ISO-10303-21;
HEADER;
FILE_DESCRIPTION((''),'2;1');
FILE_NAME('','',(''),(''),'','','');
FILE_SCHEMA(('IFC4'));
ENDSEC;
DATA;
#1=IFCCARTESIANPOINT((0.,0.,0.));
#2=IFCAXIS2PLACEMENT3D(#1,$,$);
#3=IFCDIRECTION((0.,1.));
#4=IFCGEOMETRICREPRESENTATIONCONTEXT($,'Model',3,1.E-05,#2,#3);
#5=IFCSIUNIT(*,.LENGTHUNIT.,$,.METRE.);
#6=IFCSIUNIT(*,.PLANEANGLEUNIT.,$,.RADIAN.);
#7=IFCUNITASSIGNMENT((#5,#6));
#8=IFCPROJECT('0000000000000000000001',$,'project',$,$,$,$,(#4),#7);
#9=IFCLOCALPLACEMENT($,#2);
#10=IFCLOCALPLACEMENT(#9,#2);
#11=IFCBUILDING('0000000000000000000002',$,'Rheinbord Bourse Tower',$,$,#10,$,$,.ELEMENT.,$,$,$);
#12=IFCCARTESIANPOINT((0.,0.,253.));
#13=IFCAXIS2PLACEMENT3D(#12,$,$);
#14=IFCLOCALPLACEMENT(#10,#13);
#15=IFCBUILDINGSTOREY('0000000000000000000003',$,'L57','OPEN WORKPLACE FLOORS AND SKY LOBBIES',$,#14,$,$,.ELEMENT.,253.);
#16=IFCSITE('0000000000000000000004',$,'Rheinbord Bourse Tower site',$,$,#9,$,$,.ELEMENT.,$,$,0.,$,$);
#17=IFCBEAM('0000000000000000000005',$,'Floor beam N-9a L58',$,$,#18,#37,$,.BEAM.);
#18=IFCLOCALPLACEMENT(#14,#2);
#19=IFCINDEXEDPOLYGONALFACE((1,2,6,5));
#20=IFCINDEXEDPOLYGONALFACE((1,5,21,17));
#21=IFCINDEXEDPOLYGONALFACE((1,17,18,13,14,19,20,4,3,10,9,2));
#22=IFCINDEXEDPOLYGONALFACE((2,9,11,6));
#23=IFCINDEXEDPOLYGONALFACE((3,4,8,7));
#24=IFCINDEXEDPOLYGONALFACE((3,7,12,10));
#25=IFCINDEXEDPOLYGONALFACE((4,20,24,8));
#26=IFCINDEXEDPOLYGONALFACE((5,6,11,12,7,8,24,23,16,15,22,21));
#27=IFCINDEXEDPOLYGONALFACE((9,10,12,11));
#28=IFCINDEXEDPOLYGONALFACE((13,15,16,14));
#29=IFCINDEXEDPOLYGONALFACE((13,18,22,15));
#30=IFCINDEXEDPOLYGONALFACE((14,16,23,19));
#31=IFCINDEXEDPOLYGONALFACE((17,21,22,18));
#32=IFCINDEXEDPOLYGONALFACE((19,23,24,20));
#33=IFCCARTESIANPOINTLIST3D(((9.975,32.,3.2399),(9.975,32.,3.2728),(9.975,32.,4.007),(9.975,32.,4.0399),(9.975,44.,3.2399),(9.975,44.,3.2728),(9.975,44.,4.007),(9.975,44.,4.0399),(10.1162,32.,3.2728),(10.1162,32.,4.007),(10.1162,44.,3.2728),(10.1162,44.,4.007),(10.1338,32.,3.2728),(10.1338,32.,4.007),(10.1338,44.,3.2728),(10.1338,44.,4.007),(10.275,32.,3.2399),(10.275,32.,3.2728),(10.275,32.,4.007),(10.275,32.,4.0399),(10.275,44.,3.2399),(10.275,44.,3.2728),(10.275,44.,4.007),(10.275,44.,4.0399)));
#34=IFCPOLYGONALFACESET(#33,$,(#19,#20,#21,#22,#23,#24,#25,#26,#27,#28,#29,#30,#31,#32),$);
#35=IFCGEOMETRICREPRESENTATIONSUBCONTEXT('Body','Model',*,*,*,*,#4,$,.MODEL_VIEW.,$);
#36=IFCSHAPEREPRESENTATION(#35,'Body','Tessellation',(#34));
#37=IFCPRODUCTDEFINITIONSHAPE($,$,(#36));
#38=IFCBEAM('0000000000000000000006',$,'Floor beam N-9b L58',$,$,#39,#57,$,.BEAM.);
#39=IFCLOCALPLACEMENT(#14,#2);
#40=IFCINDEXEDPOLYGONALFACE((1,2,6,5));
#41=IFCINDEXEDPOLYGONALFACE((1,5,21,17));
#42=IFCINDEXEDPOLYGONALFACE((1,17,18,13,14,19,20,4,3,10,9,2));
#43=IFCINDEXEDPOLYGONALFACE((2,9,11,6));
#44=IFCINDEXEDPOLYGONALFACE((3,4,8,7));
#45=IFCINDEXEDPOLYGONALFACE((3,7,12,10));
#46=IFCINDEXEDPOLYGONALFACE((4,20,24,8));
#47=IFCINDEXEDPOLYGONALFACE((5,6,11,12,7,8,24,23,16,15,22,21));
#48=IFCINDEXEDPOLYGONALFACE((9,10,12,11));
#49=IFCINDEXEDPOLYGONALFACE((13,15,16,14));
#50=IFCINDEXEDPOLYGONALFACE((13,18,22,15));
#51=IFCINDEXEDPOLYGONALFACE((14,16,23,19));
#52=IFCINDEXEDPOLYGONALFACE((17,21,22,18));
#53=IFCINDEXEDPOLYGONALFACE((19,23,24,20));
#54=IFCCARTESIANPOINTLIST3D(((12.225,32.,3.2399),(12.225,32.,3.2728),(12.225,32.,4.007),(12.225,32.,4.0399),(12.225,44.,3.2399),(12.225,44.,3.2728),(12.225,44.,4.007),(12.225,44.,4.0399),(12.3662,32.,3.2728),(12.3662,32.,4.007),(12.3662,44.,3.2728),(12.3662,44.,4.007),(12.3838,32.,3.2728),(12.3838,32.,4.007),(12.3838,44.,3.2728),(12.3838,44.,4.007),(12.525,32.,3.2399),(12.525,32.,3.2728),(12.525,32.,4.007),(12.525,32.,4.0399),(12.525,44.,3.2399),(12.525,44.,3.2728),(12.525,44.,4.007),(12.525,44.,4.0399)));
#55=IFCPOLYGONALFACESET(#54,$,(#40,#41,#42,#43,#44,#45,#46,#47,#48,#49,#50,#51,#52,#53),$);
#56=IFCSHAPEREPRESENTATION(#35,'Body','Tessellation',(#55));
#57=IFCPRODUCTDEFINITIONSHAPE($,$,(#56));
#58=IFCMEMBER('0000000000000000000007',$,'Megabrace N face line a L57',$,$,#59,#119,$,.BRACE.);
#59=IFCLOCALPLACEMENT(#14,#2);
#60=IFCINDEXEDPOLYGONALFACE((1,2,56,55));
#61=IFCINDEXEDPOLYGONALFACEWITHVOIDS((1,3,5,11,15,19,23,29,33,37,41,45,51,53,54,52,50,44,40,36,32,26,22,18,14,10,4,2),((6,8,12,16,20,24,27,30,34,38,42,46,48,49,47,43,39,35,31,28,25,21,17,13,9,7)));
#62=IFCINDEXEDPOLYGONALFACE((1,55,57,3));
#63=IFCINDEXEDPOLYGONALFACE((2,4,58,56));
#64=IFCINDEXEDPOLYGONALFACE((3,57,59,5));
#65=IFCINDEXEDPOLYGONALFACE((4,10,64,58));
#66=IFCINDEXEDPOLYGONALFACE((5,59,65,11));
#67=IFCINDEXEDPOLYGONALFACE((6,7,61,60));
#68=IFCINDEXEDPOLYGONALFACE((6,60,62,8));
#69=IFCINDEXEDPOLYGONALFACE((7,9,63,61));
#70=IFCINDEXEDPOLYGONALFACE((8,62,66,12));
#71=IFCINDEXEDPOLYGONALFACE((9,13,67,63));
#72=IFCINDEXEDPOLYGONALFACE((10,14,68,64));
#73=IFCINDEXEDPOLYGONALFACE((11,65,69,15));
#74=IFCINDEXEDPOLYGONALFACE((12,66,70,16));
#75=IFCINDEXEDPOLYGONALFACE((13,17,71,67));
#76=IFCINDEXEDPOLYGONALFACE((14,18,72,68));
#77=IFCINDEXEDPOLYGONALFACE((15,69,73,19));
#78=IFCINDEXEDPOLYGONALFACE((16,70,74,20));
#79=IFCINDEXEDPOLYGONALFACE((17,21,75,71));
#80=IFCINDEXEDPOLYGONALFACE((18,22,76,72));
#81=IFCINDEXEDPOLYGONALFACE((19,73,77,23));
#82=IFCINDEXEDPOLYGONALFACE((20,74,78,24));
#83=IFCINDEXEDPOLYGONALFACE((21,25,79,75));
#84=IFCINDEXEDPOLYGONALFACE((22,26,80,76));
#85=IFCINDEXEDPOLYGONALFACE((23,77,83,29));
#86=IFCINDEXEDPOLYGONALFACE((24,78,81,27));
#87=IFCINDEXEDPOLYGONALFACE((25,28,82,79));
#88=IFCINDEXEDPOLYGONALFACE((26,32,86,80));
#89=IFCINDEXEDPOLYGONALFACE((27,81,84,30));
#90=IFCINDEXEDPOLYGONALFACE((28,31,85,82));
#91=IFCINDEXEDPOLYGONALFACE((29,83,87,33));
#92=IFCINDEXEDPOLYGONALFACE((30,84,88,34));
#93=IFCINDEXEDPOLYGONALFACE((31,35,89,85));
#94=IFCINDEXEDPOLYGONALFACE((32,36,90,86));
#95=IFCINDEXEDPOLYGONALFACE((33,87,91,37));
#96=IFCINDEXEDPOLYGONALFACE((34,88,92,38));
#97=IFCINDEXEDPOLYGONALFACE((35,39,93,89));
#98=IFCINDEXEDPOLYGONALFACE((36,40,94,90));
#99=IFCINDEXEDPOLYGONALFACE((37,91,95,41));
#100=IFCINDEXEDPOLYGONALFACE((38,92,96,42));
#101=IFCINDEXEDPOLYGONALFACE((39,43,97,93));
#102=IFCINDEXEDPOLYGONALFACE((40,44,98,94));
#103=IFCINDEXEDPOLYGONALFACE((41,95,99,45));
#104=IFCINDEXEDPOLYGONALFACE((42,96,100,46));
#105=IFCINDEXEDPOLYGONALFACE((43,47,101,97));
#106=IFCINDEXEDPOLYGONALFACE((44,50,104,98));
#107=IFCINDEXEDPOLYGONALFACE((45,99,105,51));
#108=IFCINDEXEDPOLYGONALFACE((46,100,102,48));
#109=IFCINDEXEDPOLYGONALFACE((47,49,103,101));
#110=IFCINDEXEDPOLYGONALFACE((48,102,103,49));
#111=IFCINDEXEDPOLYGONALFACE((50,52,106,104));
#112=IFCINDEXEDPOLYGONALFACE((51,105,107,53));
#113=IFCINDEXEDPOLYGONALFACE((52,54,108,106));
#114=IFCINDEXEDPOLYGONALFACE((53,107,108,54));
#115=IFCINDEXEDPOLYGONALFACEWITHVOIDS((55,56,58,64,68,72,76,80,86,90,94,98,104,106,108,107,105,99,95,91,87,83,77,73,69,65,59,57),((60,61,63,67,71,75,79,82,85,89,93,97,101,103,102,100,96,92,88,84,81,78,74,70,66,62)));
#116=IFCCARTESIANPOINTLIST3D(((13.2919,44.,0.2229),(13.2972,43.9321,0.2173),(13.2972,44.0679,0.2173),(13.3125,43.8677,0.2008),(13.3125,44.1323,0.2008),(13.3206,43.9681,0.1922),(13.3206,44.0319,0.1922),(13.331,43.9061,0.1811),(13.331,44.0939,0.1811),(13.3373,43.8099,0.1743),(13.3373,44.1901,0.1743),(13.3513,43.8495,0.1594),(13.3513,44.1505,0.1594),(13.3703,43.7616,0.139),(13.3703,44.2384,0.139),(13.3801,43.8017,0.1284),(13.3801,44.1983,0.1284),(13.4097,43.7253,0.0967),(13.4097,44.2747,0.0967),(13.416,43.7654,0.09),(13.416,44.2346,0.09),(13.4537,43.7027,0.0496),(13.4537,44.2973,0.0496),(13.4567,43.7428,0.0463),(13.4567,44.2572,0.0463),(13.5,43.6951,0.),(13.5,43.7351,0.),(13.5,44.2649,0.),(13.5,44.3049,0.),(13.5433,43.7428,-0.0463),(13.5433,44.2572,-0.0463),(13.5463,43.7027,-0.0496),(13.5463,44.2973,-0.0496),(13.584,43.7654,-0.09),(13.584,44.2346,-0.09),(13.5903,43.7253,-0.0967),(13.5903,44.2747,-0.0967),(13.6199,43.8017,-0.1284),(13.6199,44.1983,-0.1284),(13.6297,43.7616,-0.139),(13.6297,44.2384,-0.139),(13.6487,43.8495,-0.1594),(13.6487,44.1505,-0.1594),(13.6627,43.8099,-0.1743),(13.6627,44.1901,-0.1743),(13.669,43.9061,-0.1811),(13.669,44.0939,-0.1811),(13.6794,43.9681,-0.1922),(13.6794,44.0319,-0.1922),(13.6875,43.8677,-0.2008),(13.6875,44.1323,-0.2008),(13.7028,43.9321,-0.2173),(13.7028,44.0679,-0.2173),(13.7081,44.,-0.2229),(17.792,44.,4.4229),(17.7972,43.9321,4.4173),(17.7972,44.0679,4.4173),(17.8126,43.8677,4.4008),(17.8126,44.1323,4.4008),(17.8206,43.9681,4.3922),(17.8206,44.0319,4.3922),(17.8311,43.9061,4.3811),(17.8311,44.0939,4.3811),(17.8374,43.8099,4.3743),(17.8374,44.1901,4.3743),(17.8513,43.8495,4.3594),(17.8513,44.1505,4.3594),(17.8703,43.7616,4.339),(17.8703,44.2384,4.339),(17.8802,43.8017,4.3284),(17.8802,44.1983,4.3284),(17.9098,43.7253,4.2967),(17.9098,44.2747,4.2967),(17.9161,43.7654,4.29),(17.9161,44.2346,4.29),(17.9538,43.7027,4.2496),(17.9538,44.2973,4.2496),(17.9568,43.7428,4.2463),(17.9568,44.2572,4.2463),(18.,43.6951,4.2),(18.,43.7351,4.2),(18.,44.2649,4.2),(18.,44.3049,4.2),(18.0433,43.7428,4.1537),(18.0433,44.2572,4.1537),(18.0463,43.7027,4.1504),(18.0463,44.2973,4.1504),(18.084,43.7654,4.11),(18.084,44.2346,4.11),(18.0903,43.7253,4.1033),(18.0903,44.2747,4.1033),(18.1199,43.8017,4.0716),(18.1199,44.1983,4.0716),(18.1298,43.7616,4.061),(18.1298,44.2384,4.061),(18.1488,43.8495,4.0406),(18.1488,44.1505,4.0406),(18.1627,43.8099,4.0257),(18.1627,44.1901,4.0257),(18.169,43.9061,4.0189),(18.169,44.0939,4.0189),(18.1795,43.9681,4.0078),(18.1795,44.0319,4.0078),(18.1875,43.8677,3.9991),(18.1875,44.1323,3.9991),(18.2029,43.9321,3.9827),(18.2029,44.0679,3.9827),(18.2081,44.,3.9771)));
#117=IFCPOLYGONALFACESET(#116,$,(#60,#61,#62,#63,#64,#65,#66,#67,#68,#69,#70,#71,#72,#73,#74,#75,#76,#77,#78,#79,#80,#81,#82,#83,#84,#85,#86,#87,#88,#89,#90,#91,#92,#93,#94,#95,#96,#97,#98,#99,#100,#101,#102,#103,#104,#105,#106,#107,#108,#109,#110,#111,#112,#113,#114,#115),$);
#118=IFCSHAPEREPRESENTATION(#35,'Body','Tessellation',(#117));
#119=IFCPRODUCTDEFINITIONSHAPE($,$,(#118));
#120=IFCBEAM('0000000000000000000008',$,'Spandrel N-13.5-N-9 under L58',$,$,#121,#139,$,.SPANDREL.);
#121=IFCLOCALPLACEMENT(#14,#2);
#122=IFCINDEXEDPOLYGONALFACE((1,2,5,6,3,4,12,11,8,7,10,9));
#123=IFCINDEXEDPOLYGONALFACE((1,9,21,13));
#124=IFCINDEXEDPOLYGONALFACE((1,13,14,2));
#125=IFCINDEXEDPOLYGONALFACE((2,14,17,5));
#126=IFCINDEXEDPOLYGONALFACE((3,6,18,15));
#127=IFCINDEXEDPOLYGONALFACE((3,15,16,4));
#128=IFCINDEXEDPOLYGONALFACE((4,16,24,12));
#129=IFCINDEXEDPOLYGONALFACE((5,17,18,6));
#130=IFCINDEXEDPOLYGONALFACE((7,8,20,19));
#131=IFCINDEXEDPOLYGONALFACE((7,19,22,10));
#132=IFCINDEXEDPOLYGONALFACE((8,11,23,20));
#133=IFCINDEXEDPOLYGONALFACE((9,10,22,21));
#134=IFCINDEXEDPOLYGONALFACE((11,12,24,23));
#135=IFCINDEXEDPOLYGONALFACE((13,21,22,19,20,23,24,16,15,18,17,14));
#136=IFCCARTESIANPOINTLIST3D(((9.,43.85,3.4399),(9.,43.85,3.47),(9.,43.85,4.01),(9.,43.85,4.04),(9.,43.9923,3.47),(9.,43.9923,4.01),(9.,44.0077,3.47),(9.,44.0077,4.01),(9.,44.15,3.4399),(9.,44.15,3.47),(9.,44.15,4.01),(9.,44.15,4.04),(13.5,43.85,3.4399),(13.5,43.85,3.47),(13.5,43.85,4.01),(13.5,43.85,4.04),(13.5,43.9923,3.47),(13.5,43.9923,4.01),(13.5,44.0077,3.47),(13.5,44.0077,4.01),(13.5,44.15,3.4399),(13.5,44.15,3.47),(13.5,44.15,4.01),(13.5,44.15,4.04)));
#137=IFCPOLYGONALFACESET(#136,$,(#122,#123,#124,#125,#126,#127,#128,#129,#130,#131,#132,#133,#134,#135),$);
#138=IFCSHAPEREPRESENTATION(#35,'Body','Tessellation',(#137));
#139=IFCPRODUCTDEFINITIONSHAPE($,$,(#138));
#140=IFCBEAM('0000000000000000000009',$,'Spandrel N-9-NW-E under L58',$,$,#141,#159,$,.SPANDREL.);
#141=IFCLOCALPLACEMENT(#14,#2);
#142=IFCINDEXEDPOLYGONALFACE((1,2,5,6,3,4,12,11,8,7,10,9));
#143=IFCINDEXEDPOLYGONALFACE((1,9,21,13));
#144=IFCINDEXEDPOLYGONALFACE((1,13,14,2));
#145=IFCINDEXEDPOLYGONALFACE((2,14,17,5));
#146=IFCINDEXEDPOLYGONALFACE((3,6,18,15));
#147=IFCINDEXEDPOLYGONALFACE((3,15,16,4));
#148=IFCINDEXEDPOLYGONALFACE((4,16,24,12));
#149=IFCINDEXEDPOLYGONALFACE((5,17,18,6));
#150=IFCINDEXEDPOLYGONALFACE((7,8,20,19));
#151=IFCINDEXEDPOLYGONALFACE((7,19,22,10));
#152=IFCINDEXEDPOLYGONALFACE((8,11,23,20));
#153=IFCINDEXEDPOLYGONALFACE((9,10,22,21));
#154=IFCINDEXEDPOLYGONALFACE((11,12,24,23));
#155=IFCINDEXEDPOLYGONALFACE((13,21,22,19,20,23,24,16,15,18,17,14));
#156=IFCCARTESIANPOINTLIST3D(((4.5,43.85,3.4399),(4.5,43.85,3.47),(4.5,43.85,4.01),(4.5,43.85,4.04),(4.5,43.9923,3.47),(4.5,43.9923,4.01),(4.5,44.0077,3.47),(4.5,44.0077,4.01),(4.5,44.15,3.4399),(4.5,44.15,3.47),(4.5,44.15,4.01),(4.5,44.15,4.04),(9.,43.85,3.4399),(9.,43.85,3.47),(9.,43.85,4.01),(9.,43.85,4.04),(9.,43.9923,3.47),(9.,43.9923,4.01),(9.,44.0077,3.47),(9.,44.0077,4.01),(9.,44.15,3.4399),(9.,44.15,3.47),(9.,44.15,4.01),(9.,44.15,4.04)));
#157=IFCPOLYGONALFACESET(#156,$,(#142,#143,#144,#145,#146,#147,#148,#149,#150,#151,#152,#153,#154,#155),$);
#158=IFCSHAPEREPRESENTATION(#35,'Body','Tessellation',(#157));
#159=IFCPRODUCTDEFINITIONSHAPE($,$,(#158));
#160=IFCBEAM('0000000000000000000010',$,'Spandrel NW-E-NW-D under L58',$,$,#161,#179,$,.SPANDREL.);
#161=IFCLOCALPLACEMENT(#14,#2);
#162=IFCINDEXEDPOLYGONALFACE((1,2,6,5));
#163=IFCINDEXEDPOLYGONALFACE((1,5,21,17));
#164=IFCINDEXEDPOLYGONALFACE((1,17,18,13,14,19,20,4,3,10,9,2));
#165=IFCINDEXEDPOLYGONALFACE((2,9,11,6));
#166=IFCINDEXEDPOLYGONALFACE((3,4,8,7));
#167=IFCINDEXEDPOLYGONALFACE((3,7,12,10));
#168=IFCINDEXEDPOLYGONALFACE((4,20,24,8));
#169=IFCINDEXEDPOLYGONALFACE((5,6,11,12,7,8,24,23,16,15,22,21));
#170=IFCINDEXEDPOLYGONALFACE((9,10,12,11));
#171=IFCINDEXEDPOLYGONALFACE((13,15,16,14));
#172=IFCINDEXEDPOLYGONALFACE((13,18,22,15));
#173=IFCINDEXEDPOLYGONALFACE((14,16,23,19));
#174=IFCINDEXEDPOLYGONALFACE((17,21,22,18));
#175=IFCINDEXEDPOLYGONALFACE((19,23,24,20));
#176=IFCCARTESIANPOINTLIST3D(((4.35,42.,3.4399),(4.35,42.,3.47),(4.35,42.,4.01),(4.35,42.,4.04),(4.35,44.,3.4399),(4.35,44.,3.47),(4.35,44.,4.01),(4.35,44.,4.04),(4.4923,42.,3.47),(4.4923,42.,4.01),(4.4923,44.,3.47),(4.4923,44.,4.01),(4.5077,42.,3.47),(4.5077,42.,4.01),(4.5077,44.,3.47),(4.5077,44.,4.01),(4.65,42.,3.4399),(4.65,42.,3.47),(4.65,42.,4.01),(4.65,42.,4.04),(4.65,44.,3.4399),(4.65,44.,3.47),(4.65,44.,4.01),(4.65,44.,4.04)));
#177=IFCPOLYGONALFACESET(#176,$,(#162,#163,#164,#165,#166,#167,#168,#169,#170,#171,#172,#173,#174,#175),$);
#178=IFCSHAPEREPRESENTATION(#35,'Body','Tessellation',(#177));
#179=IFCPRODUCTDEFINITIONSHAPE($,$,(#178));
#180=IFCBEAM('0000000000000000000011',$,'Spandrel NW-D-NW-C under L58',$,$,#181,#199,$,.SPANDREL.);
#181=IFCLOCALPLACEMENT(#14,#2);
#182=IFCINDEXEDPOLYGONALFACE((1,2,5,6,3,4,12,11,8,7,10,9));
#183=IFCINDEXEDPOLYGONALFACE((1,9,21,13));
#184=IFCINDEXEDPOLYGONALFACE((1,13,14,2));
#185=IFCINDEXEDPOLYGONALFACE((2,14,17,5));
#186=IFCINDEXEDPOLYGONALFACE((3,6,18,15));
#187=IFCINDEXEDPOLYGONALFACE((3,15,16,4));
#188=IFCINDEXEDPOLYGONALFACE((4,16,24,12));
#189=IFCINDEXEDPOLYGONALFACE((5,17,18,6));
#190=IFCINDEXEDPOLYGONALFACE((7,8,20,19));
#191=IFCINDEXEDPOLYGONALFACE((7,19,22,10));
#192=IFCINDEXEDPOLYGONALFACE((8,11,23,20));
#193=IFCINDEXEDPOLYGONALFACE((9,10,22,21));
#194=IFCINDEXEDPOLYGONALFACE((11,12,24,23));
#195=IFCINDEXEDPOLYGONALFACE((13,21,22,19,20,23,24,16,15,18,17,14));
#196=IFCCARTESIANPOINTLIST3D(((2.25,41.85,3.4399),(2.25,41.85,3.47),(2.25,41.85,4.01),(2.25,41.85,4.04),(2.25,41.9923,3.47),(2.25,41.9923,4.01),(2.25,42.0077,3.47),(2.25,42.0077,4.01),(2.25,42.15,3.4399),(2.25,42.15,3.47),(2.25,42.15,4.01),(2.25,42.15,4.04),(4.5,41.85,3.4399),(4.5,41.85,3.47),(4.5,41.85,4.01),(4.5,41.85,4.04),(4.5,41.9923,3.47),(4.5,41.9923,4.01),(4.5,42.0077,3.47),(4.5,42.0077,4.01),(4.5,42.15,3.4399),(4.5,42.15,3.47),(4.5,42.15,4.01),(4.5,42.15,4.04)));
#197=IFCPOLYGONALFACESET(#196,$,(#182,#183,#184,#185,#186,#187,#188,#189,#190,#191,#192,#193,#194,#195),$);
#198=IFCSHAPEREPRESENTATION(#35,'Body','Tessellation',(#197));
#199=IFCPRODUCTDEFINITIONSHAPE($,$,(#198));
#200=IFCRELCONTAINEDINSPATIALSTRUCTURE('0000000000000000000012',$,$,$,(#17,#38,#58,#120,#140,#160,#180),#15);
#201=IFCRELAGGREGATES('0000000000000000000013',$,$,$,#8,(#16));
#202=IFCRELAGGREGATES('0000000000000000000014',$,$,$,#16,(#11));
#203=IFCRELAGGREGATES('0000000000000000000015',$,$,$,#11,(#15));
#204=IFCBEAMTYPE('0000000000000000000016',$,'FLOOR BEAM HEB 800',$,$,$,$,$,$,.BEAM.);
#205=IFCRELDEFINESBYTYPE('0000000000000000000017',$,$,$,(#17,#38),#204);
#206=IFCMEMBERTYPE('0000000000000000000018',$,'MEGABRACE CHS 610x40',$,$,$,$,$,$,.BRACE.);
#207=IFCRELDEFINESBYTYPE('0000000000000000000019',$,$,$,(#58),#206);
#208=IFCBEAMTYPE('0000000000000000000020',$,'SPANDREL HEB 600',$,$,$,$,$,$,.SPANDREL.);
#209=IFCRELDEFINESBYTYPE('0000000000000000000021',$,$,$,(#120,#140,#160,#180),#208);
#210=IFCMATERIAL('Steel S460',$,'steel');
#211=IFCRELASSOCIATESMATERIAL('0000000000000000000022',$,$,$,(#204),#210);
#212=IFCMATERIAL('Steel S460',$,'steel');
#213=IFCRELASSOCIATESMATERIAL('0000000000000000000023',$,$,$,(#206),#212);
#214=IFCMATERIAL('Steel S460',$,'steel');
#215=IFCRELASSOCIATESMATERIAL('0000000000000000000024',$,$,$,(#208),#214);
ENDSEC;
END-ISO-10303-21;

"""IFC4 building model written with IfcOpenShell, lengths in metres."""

from ifc_helpers import new_model, si_unit, direction, frame, origin, origin_2d, place, context, subcontext, project, spatial, hollow_circle, i_section, extrude, material, material_profile, profile_set, type_object, element, save


model = new_model("IFC4")

# Units and contexts
model_context = context("Model", 3, precision=1e-05, world=origin(), true_north=direction((0.0, 1.0)))
body_context = subcontext(model_context, "Body", "Model", "MODEL_VIEW")
ifc_project = project(units=[si_unit("LENGTHUNIT", "METRE"), si_unit("PLANEANGLEUNIT", "RADIAN")], contexts=[model_context])

# Site, building, storey
site_placement = place(None, origin())
site = spatial("IfcSite", under=ifc_project, at=site_placement, Name="Rheinbord Bourse Tower site", CompositionType="ELEMENT", RefElevation=0.0)
building_placement = place(site_placement, origin())
building = spatial("IfcBuilding", under=site, at=building_placement, Name="Rheinbord Bourse Tower", CompositionType="ELEMENT")
storey_placement = place(building_placement, frame((0.0, 0.0, 253.0)))
storey = spatial("IfcBuildingStorey", under=building, at=storey_placement, Name="L57", Description="OPEN WORKPLACE FLOORS AND SKY LOBBIES", CompositionType="ELEMENT", Elevation=253.0)

# Beams
ifc_material_1 = material(Name="Steel S460", Category="steel")
ifc_material_profile_1 = material_profile(ifc_material_1, i_section(OverallWidth=0.3, OverallDepth=0.8, WebThickness=0.0176, FlangeThickness=0.033, at=origin_2d()), Name="HEB 800")
ifc_profile_set_1 = profile_set([ifc_material_profile_1], Name="Steel S460")
beam_type_1 = type_object("IfcBeamType", Name="FLOOR BEAM HEB 800", PredefinedType="BEAM", material=ifc_profile_set_1)
for number, where, z_axis, x_axis, name in (
    (1, (10.125, 44.0, 3.6399), (0.0, -1.0, 0.0), (1.0, 0.0, 0.0), "Floor beam N-9a L58"),
    (2, (12.375, 44.0, 3.6399), (0.0, -1.0, 0.0), (1.0, 0.0, 0.0), "Floor beam N-9b L58"),
):
    element("IfcBeam", number, at=place(storey_placement, frame(where, z_axis=z_axis, x_axis=x_axis)), inside=storey, type_object=beam_type_1, Name=name, PredefinedType="BEAM", context=body_context, shape_type="SweptSolid", body=[
        extrude(i_section(OverallWidth=0.3, OverallDepth=0.8, WebThickness=0.0176, FlangeThickness=0.033, at=origin_2d()), origin(), (0.0, 0.0, 1.0), 12.0),
    ])

# Member
ifc_material_2 = material(Name="Steel S460", Category="steel")
ifc_material_profile_2 = material_profile(ifc_material_2, hollow_circle(Radius=0.3049, WallThickness=0.04, at=origin_2d()), Name="CHS 610x40")
ifc_profile_set_2 = profile_set([ifc_material_profile_2], Name="Steel S460")
member_type_1 = type_object("IfcMemberType", Name="MEGABRACE CHS 610x40", PredefinedType="BRACE", material=ifc_profile_set_2)
member_1_placement = place(storey_placement, frame((13.5, 44.0, 0.0), z_axis=(0.731059, 0.0, 0.682314), x_axis=(0.0, 1.0, 0.0)))
element("IfcMember", 3, at=member_1_placement, inside=storey, type_object=member_type_1, Name="Megabrace N face line a L57", PredefinedType="BRACE", context=body_context, shape_type="SweptSolid", body=[
    extrude(hollow_circle(Radius=0.3049, WallThickness=0.04, at=origin_2d()), origin(), (0.0, 0.0, 1.0), 6.1555),
])

# Beams
ifc_material_3 = material(Name="Steel S460", Category="steel")
ifc_material_profile_3 = material_profile(ifc_material_3, i_section(OverallWidth=0.3, OverallDepth=0.6001, WebThickness=0.0154, FlangeThickness=0.03, at=origin_2d()), Name="HEB 600")
ifc_profile_set_3 = profile_set([ifc_material_profile_3], Name="Steel S460")
beam_type_2 = type_object("IfcBeamType", Name="SPANDREL HEB 600", PredefinedType="SPANDREL", material=ifc_profile_set_3)
for number, where, z_axis, x_axis, name in (
    (4, (13.5, 44.0, 3.74), (-1.0, 0.0, 0.0), (0.0, -1.0, 0.0), "Spandrel N-13.5-N-9 under L58"),
    (5, (9.0, 44.0, 3.74), (-1.0, 0.0, 0.0), (0.0, -1.0, 0.0), "Spandrel N-9-NW-E under L58"),
):
    element("IfcBeam", number, at=place(storey_placement, frame(where, z_axis=z_axis, x_axis=x_axis)), inside=storey, type_object=beam_type_2, Name=name, PredefinedType="SPANDREL", context=body_context, shape_type="SweptSolid", body=[
        extrude(i_section(OverallWidth=0.3, OverallDepth=0.6001, WebThickness=0.0154, FlangeThickness=0.03, at=origin_2d()), origin(), (0.0, 0.0, 1.0), 4.5),
    ])
beam_1_placement = place(storey_placement, frame((4.5, 44.0, 3.74), z_axis=(0.0, -1.0, 0.0), x_axis=(1.0, 0.0, 0.0)))
element("IfcBeam", 6, at=beam_1_placement, inside=storey, type_object=beam_type_2, Name="Spandrel NW-E-NW-D under L58", PredefinedType="SPANDREL", context=body_context, shape_type="SweptSolid", body=[
    extrude(i_section(OverallWidth=0.3, OverallDepth=0.6001, WebThickness=0.0154, FlangeThickness=0.03, at=origin_2d()), origin(), (0.0, 0.0, 1.0), 2.0),
])
beam_2_placement = place(storey_placement, frame((4.5, 42.0, 3.74), z_axis=(-1.0, 0.0, 0.0), x_axis=(0.0, -1.0, 0.0)))
element("IfcBeam", 7, at=beam_2_placement, inside=storey, type_object=beam_type_2, Name="Spandrel NW-D-NW-C under L58", PredefinedType="SPANDREL", context=body_context, shape_type="SweptSolid", body=[
    extrude(i_section(OverallWidth=0.3, OverallDepth=0.6001, WebThickness=0.0154, FlangeThickness=0.03, at=origin_2d()), origin(), (0.0, 0.0, 1.0), 2.25),
])

save(model, "model.ifc")
